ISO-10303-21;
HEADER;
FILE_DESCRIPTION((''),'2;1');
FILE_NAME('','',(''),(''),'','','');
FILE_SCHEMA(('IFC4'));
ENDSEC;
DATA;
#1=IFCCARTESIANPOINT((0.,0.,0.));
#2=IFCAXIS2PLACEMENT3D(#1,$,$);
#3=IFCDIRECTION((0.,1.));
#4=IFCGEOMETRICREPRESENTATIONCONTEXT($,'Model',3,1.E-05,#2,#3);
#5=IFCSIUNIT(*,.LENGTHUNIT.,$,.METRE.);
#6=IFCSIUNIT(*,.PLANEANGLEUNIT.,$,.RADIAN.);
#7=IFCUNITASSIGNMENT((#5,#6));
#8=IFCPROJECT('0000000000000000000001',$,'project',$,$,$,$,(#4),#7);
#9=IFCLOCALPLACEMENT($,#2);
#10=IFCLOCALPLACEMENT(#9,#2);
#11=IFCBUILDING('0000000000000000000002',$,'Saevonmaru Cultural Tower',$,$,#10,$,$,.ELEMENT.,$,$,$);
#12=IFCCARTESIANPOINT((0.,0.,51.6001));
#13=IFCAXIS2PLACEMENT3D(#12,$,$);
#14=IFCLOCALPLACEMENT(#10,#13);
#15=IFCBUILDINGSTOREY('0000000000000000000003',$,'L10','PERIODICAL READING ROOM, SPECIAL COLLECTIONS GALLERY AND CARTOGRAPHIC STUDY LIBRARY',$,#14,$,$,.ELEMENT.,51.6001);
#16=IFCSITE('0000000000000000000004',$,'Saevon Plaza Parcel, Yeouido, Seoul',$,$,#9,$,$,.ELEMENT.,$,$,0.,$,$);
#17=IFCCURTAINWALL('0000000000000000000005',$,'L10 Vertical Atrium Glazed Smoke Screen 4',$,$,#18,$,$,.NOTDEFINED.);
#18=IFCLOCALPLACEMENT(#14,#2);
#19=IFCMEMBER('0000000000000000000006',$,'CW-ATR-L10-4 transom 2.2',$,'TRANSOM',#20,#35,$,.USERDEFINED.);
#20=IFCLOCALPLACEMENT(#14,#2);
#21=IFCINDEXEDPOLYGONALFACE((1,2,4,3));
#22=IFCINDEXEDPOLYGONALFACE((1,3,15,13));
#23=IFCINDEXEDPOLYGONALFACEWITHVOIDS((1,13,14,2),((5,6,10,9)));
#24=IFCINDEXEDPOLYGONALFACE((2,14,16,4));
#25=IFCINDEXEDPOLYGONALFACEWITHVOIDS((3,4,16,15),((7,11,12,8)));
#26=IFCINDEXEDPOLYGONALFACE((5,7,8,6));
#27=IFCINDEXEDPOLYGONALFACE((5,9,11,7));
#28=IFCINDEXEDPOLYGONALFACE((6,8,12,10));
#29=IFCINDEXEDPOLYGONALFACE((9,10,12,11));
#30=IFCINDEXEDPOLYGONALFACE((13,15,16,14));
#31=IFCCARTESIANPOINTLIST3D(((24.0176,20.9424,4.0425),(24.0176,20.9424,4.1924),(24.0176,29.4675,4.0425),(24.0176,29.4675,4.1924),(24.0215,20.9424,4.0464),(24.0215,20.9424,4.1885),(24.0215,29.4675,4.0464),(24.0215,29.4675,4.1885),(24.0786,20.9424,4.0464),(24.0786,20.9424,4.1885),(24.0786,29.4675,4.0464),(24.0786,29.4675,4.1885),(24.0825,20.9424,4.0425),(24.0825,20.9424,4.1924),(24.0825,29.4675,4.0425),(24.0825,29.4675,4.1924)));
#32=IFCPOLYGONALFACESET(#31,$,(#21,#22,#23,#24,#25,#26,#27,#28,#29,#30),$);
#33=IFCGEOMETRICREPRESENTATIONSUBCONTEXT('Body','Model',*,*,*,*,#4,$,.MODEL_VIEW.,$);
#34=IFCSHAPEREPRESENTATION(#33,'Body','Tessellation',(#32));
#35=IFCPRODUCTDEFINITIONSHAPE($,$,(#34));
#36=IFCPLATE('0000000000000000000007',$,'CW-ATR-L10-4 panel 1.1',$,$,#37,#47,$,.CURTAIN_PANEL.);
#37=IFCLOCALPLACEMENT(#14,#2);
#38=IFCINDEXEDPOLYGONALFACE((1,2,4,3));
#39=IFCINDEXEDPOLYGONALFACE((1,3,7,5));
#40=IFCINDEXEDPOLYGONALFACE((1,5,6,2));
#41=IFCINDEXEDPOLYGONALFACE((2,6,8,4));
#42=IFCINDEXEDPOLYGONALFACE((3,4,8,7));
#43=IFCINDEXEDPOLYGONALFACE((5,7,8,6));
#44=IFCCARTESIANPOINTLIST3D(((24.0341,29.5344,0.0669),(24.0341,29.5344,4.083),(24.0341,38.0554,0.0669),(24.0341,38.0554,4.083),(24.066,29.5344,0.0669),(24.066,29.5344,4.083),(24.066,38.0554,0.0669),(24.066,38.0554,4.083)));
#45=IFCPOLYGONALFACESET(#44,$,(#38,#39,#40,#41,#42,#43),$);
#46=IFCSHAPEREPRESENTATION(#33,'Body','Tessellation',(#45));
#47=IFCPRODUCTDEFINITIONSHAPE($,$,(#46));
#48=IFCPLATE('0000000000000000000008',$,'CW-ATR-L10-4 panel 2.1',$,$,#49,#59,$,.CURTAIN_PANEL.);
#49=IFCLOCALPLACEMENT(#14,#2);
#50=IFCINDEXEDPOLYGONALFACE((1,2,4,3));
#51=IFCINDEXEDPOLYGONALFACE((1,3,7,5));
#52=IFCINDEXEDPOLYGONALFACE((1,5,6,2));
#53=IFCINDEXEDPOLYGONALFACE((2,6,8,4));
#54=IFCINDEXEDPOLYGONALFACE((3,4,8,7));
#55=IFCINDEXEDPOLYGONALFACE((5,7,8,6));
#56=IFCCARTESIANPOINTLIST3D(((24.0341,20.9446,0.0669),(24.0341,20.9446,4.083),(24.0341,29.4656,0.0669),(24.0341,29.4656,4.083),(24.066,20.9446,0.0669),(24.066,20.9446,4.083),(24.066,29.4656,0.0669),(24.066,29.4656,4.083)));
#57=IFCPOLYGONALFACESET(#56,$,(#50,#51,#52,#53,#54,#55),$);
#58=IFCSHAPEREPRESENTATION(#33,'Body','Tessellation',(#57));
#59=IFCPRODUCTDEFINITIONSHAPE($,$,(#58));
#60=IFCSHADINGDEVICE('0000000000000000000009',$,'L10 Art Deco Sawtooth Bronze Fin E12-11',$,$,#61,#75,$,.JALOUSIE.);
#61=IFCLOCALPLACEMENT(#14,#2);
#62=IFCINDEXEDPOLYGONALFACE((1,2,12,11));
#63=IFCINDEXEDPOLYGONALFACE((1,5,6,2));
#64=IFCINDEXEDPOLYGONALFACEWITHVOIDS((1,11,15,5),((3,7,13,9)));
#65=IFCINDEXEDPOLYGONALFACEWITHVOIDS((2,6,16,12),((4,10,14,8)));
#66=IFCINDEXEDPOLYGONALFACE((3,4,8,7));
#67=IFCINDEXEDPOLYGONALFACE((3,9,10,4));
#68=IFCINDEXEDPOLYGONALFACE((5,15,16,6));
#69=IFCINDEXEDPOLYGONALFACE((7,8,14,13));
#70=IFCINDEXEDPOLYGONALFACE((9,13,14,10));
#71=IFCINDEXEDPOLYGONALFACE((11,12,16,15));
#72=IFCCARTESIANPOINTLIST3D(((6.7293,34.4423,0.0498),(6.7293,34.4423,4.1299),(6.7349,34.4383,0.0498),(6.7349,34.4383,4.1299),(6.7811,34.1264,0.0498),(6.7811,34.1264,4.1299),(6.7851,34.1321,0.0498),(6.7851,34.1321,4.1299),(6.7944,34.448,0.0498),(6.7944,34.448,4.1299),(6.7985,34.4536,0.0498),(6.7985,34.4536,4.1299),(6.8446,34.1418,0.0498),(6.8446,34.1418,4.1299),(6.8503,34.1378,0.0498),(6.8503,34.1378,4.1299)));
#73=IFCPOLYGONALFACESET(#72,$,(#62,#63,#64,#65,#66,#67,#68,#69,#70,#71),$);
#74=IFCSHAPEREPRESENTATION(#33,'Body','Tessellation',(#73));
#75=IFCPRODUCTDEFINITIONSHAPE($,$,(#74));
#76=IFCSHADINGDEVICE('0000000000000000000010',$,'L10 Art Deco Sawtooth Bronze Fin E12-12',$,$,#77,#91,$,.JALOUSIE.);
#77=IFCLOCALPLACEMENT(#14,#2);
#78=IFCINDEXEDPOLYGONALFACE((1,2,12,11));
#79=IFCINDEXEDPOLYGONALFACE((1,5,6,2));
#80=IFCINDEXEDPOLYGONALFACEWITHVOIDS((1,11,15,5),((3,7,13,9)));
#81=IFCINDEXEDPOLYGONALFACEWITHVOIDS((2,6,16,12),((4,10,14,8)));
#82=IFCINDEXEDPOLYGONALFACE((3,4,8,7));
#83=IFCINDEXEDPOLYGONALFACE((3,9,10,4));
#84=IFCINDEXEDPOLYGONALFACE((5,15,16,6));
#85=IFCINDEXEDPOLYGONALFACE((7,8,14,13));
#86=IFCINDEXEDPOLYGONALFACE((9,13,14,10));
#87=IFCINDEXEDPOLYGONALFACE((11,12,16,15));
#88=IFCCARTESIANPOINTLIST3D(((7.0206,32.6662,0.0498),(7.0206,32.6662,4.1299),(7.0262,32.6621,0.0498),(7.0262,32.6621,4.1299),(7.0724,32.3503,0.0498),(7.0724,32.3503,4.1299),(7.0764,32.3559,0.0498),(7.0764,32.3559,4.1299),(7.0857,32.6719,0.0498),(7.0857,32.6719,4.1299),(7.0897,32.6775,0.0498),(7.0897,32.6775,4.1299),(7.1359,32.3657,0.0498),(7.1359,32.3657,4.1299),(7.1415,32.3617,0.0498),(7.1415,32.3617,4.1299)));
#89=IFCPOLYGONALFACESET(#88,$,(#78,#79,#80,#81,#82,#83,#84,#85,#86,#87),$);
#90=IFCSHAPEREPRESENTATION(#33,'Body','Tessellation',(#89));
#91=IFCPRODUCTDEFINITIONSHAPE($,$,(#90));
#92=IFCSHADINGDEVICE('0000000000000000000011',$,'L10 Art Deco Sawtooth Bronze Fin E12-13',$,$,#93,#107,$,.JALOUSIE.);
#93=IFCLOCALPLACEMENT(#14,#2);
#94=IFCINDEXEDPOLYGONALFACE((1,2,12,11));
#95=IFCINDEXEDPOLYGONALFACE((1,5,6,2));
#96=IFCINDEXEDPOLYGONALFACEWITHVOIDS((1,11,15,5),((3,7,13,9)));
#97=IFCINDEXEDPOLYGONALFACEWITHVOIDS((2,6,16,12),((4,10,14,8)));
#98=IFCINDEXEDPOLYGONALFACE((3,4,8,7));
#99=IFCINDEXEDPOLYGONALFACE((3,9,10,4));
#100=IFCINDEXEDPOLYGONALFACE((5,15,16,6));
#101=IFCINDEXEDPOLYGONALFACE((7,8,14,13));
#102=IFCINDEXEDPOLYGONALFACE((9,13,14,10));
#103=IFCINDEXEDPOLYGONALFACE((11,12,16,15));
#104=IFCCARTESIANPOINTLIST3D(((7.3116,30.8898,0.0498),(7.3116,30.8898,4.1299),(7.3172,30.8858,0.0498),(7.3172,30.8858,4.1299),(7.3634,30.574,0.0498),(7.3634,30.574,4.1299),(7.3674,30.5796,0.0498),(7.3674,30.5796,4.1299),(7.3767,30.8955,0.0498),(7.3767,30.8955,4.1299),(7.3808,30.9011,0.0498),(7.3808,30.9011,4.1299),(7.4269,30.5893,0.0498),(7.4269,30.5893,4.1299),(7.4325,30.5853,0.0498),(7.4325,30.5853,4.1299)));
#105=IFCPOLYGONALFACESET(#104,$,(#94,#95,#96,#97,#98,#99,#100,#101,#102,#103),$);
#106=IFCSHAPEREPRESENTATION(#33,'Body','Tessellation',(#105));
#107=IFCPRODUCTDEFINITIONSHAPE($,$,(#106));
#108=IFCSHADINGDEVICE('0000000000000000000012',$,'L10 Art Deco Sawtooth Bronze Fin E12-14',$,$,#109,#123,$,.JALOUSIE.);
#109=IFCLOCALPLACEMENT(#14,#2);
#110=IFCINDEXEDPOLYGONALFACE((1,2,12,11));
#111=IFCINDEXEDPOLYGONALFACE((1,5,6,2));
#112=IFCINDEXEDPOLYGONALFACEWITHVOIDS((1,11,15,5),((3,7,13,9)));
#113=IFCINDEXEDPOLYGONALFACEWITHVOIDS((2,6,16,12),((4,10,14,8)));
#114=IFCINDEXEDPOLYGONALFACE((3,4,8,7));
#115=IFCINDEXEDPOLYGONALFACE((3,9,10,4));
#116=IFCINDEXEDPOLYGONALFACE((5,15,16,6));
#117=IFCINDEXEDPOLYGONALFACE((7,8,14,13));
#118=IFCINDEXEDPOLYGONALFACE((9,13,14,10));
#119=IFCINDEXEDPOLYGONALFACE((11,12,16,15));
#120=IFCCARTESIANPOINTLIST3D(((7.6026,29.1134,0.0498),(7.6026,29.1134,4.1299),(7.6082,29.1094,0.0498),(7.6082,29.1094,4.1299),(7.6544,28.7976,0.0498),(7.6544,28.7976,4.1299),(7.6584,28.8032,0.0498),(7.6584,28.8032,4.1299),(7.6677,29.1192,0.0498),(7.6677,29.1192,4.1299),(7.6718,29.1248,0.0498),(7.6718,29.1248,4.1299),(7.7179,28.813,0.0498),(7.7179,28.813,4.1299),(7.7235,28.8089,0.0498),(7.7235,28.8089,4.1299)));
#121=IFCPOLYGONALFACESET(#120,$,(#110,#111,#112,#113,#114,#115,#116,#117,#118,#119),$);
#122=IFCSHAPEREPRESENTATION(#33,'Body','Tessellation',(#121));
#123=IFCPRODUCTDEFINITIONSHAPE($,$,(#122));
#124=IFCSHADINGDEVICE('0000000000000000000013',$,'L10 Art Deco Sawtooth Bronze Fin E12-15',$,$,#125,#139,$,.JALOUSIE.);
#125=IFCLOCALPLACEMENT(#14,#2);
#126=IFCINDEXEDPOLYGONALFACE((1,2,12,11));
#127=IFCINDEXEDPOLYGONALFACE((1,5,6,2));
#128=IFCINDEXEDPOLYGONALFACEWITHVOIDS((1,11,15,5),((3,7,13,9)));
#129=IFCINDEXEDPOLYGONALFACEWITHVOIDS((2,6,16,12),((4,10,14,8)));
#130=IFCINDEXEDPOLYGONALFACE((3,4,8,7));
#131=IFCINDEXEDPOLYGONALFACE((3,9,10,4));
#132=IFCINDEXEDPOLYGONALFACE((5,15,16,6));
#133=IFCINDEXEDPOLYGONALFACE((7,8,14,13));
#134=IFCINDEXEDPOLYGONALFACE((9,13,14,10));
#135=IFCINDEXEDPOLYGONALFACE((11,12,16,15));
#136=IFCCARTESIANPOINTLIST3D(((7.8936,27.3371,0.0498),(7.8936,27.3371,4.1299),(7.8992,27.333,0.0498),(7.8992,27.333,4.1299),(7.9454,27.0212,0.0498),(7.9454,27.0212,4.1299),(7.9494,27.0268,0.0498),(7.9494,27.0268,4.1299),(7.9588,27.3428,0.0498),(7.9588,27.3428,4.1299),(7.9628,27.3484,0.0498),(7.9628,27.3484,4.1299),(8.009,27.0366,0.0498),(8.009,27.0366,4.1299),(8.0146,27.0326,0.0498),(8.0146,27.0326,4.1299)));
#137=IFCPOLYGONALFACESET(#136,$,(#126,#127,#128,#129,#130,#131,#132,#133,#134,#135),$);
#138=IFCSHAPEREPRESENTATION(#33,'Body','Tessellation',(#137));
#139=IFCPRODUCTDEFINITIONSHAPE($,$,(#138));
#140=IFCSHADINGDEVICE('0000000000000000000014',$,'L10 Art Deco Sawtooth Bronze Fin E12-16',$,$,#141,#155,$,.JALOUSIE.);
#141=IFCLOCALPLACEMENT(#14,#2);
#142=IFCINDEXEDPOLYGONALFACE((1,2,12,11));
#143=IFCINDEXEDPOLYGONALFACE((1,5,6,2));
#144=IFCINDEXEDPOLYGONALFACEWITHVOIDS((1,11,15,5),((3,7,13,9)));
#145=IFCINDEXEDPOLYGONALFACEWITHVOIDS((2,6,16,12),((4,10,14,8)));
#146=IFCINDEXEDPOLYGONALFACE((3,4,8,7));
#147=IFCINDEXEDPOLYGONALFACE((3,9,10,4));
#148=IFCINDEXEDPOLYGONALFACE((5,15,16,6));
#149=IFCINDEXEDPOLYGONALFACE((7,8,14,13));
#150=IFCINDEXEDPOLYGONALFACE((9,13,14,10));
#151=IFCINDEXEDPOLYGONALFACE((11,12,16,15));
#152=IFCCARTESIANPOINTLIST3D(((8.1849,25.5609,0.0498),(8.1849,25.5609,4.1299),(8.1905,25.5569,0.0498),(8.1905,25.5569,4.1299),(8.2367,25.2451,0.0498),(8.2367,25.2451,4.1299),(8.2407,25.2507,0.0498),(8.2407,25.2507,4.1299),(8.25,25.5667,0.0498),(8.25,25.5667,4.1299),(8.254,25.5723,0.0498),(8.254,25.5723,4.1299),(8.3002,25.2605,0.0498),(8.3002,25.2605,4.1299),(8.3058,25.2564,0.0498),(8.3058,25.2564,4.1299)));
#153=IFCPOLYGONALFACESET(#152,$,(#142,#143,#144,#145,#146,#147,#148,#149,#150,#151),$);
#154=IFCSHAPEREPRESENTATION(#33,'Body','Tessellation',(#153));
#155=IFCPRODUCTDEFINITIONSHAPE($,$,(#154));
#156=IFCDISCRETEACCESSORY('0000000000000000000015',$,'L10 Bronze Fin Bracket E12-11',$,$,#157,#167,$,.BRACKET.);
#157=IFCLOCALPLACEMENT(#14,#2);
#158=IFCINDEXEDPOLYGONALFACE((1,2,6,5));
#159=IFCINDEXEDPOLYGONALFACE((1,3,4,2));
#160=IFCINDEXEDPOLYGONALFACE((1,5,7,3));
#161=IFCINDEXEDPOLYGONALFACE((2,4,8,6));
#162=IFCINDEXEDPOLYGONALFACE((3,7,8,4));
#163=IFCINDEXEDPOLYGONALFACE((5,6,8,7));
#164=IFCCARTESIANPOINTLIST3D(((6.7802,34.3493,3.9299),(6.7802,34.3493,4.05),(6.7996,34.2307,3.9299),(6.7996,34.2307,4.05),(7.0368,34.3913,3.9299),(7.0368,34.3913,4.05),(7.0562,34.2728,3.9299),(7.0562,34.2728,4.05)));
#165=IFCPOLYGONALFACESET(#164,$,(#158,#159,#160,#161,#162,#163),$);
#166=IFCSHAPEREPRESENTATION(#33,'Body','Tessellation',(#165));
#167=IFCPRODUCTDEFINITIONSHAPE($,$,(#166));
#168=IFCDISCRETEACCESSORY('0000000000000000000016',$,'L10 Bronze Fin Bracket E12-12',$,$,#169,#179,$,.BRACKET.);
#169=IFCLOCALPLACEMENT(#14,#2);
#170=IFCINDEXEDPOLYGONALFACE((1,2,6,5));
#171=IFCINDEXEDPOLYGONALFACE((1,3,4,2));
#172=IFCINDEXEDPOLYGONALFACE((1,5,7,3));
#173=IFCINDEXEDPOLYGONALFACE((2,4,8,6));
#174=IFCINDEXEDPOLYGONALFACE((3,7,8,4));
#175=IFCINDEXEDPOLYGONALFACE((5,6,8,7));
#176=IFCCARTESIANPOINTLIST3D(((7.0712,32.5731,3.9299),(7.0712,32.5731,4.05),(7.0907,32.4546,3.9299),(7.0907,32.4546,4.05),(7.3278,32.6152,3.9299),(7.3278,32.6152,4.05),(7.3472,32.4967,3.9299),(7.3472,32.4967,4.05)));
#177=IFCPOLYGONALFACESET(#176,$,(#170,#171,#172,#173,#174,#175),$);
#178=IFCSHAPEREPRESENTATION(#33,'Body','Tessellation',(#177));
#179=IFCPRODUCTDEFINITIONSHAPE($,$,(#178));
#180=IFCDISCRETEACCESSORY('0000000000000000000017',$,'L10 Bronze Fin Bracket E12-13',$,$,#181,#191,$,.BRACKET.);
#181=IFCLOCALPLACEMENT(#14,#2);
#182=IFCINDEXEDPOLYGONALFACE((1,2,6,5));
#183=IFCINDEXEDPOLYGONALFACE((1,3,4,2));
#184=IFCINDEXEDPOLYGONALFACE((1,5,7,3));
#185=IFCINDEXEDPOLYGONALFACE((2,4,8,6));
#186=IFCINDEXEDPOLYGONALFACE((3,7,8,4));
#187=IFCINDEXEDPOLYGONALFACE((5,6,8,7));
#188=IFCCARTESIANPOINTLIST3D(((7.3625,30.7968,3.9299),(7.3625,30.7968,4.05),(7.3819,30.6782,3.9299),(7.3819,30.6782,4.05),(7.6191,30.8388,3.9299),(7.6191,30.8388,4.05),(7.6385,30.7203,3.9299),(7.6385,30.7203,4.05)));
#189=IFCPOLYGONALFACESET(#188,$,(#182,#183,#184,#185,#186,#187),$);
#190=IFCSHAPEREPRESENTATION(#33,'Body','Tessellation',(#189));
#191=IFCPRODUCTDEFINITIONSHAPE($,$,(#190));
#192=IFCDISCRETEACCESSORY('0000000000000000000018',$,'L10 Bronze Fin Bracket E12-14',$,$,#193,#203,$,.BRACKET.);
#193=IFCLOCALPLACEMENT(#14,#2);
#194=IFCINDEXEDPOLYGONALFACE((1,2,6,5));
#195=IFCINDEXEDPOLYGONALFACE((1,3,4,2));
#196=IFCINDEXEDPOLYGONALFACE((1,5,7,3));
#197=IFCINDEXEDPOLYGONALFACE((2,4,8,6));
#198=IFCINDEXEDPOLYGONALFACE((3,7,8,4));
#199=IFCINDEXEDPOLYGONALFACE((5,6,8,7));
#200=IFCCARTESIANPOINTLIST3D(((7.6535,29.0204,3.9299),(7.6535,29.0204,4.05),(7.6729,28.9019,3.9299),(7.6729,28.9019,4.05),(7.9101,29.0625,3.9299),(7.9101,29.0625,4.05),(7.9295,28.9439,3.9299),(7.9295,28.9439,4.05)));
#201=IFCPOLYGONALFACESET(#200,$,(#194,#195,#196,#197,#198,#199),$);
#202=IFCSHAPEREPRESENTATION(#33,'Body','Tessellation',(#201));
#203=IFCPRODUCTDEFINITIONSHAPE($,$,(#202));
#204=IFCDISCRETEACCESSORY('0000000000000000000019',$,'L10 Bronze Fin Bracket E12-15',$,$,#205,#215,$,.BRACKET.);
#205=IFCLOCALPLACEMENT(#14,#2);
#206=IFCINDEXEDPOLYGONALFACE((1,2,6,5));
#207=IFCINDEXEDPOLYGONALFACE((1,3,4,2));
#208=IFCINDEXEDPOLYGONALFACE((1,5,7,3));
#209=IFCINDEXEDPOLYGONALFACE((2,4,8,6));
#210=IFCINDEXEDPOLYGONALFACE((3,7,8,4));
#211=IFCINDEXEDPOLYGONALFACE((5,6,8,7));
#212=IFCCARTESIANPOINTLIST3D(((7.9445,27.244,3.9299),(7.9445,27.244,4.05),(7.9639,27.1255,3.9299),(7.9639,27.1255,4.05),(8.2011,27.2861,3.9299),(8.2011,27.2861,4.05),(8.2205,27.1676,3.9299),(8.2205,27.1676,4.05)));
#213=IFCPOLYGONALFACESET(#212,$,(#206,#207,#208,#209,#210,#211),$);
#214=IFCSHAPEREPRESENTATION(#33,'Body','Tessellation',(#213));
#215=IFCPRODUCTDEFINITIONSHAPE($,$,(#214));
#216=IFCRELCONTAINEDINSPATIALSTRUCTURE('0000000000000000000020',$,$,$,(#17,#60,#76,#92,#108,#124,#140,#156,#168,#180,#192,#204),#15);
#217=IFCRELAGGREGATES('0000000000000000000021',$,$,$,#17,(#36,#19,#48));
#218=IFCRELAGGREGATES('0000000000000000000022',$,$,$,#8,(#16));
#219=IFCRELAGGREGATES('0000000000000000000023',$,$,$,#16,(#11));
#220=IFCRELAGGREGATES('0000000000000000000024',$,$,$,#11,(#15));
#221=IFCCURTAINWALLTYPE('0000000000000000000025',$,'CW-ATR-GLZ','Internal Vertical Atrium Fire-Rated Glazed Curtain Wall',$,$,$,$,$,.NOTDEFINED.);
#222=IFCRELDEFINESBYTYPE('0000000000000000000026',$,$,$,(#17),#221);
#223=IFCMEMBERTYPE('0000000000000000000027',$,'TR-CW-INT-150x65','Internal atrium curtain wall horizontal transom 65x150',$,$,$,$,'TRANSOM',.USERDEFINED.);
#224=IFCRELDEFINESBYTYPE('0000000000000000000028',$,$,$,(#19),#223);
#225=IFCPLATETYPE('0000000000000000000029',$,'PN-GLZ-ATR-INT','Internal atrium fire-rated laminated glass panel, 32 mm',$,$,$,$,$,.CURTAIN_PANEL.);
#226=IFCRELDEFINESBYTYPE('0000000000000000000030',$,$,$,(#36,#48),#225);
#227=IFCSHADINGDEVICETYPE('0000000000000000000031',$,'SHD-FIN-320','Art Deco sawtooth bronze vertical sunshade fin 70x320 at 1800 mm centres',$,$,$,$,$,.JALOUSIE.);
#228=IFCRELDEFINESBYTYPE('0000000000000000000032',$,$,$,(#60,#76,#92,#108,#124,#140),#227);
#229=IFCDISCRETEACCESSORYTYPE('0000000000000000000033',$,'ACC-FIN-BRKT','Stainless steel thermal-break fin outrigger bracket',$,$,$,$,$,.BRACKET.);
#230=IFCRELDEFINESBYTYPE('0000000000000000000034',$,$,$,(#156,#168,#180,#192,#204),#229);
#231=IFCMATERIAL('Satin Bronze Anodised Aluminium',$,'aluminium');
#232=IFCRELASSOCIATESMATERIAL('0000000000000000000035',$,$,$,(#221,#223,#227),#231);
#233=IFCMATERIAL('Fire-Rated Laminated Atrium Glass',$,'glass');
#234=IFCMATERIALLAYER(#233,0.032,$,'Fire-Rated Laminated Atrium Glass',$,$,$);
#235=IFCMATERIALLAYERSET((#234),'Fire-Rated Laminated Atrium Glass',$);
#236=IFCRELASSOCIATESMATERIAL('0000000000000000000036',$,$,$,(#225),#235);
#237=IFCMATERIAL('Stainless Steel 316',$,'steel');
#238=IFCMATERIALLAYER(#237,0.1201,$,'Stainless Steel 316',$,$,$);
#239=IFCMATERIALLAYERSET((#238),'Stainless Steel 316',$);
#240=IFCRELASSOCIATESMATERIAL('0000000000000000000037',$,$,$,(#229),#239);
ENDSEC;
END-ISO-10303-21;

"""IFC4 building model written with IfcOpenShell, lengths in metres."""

from ifc_helpers import new_model, si_unit, direction, frame, origin, origin_2d, place, context, subcontext, project, spatial, rectangle, hollow_rectangle, extrude, material, layer, layer_set, material_profile, profile_set, type_object, element, aggregate, save


model = new_model("IFC4")

# Units and contexts
model_context = context("Model", 3, precision=1e-05, world=origin(), true_north=direction((0.0, 1.0)))
body_context = subcontext(model_context, "Body", "Model", "MODEL_VIEW")
ifc_project = project(units=[si_unit("LENGTHUNIT", "METRE"), si_unit("PLANEANGLEUNIT", "RADIAN")], contexts=[model_context])

# Site, building, storey
site_placement = place(None, origin())
site = spatial("IfcSite", under=ifc_project, at=site_placement, Name="Saevon Plaza Parcel, Yeouido, Seoul", CompositionType="ELEMENT", RefElevation=0.0)
building_placement = place(site_placement, origin())
building = spatial("IfcBuilding", under=site, at=building_placement, Name="Saevonmaru Cultural Tower", CompositionType="ELEMENT")
storey_placement = place(building_placement, frame((0.0, 0.0, 51.6001)))
storey = spatial("IfcBuildingStorey", under=building, at=storey_placement, Name="L10", Description="PERIODICAL READING ROOM, SPECIAL COLLECTIONS GALLERY AND CARTOGRAPHIC STUDY LIBRARY", CompositionType="ELEMENT", Elevation=51.6001)

# Curtain wall
ifc_material_1 = material(Name="Satin Bronze Anodised Aluminium", Category="aluminium")
curtain_wall_type_1 = type_object("IfcCurtainWallType", Name="CW-ATR-GLZ", Description="Internal Vertical Atrium Fire-Rated Glazed Curtain Wall", PredefinedType="NOTDEFINED", material=ifc_material_1)
curtain_wall_1_placement = place(storey_placement, origin())
curtain_wall_1 = element("IfcCurtainWall", 1, at=curtain_wall_1_placement, inside=storey, type_object=curtain_wall_type_1, Name="L10 Vertical Atrium Glazed Smoke Screen 4", PredefinedType="NOTDEFINED")

# Member
ifc_material_profile_1 = material_profile(ifc_material_1, hollow_rectangle(XDim=0.0649, YDim=0.1499, WallThickness=0.0039, at=origin_2d()), Name="ALU-TRAN-150x65x4")
ifc_profile_set_1 = profile_set([ifc_material_profile_1], Name="Satin Bronze Anodised Aluminium")
member_type_1 = type_object("IfcMemberType", Name="TR-CW-INT-150x65", Description="Internal atrium curtain wall horizontal transom 65x150", ElementType="TRANSOM", PredefinedType="USERDEFINED", material=ifc_profile_set_1)
member_1_placement = place(storey_placement, frame((24.05, 29.4675, 4.1174), z_axis=(0.0, -1.0, 0.0), x_axis=(1.0, 0.0, 0.0)))
member_1 = element("IfcMember", 2, at=member_1_placement, type_object=member_type_1, Name="CW-ATR-L10-4 transom 2.2", ObjectType="TRANSOM", PredefinedType="USERDEFINED", context=body_context, shape_type="SweptSolid", body=[
    extrude(hollow_rectangle(XDim=0.0649, YDim=0.1499, WallThickness=0.0039, at=origin_2d()), origin(), (0.0, 0.0, 1.0), 8.5251),
])

# Plates
ifc_material_2 = material(Name="Fire-Rated Laminated Atrium Glass", Category="glass")
ifc_layer_1 = layer(ifc_material_2, 0.032, Name="Fire-Rated Laminated Atrium Glass")
ifc_layer_set_1 = layer_set([ifc_layer_1], Name="Fire-Rated Laminated Atrium Glass")
plate_type = type_object("IfcPlateType", Name="PN-GLZ-ATR-INT", Description="Internal atrium fire-rated laminated glass panel, 32 mm", PredefinedType="CURTAIN_PANEL", material=ifc_layer_set_1)
plate_1_placement = place(storey_placement, frame((24.05, 33.7949, 0.0669), z_axis=(0.0, 0.0, 1.0), x_axis=(0.0, -1.0, 0.0)))
plate_1 = element("IfcPlate", 3, at=plate_1_placement, type_object=plate_type, Name="CW-ATR-L10-4 panel 1.1", PredefinedType="CURTAIN_PANEL", context=body_context, shape_type="SweptSolid", body=[
    extrude(rectangle(XDim=8.521, YDim=0.032, at=origin_2d()), origin(), (0.0, 0.0, 1.0), 4.0161),
])
plate_2_placement = place(storey_placement, frame((24.05, 25.2051, 0.0669), z_axis=(0.0, 0.0, 1.0), x_axis=(0.0, -1.0, 0.0)))
plate_2 = element("IfcPlate", 4, at=plate_2_placement, type_object=plate_type, Name="CW-ATR-L10-4 panel 2.1", PredefinedType="CURTAIN_PANEL", context=body_context, shape_type="SweptSolid", body=[
    extrude(rectangle(XDim=8.521, YDim=0.032, at=origin_2d()), origin(), (0.0, 0.0, 1.0), 4.0161),
])
aggregate(curtain_wall_1, [plate_1, member_1, plate_2])

# Shading devices
ifc_material_profile_2 = material_profile(ifc_material_1, hollow_rectangle(XDim=0.0701, YDim=0.3201, WallThickness=0.0049, at=origin_2d()), Name="FIN-320x70")
ifc_profile_set_2 = profile_set([ifc_material_profile_2], Name="Satin Bronze Anodised Aluminium")
shading_device_type = type_object("IfcShadingDeviceType", Name="SHD-FIN-320", Description="Art Deco sawtooth bronze vertical sunshade fin 70x320 at 1800 mm centres", PredefinedType="JALOUSIE", material=ifc_profile_set_2)
for number, where, z_axis, x_axis, name in (
    (5, (6.7898, 34.29, 0.0498), (0.0, 0.0, 1.0), (-0.986827, -0.161776, 0.0), "L10 Art Deco Sawtooth Bronze Fin E12-11"),
    (6, (7.0811, 32.5139, 0.0498), (0.0, 0.0, 1.0), (-0.986827, -0.161776, 0.0), "L10 Art Deco Sawtooth Bronze Fin E12-12"),
    (7, (7.3721, 30.7375, 0.0498), (0.0, 0.0, 1.0), (-0.986827, -0.161776, 0.0), "L10 Art Deco Sawtooth Bronze Fin E12-13"),
    (8, (7.6631, 28.9612, 0.0498), (0.0, 0.0, 1.0), (-0.986827, -0.161776, 0.0), "L10 Art Deco Sawtooth Bronze Fin E12-14"),
    (9, (7.9541, 27.1848, 0.0498), (0.0, 0.0, 1.0), (-0.986827, -0.161776, 0.0), "L10 Art Deco Sawtooth Bronze Fin E12-15"),
    (10, (8.2454, 25.4087, 0.0498), (0.0, 0.0, 1.0), (-0.986827, -0.161776, 0.0), "L10 Art Deco Sawtooth Bronze Fin E12-16"),
):
    element("IfcShadingDevice", number, at=place(storey_placement, frame(where, z_axis=z_axis, x_axis=x_axis)), inside=storey, type_object=shading_device_type, Name=name, PredefinedType="JALOUSIE", context=body_context, shape_type="SweptSolid", body=[
        extrude(hollow_rectangle(XDim=0.0701, YDim=0.3201, WallThickness=0.0049, at=origin_2d()), origin(), (0.0, 0.0, 1.0), 4.0801),
    ])

# Discrete accessories
ifc_material_3 = material(Name="Stainless Steel 316", Category="steel")
ifc_layer_2 = layer(ifc_material_3, 0.1201, Name="Stainless Steel 316")
ifc_layer_set_2 = layer_set([ifc_layer_2], Name="Stainless Steel 316")
discrete_accessory_type = type_object("IfcDiscreteAccessoryType", Name="ACC-FIN-BRKT", Description="Stainless steel thermal-break fin outrigger bracket", PredefinedType="BRACKET", material=ifc_layer_set_2)
for number, where, z_axis, x_axis, name in (
    (11, (6.9182, 34.311, 3.9299), (0.0, 0.0, 1.0), (-0.986827, -0.161776, 0.0), "L10 Bronze Fin Bracket E12-11"),
    (12, (7.2092, 32.5349, 3.9299), (0.0, 0.0, 1.0), (-0.986827, -0.161776, 0.0), "L10 Bronze Fin Bracket E12-12"),
    (13, (7.5005, 30.7585, 3.9299), (0.0, 0.0, 1.0), (-0.986827, -0.161776, 0.0), "L10 Bronze Fin Bracket E12-13"),
    (14, (7.7915, 28.9822, 3.9299), (0.0, 0.0, 1.0), (-0.986827, -0.161776, 0.0), "L10 Bronze Fin Bracket E12-14"),
    (15, (8.0825, 27.2058, 3.9299), (0.0, 0.0, 1.0), (-0.986827, -0.161776, 0.0), "L10 Bronze Fin Bracket E12-15"),
):
    element("IfcDiscreteAccessory", number, at=place(storey_placement, frame(where, z_axis=z_axis, x_axis=x_axis)), inside=storey, type_object=discrete_accessory_type, Name=name, PredefinedType="BRACKET", context=body_context, shape_type="SweptSolid", body=[
        extrude(rectangle(XDim=0.26, YDim=0.1201, at=origin_2d()), origin(), (0.0, 0.0, 1.0), 0.1201),
    ])

save(model, "model.ifc")
